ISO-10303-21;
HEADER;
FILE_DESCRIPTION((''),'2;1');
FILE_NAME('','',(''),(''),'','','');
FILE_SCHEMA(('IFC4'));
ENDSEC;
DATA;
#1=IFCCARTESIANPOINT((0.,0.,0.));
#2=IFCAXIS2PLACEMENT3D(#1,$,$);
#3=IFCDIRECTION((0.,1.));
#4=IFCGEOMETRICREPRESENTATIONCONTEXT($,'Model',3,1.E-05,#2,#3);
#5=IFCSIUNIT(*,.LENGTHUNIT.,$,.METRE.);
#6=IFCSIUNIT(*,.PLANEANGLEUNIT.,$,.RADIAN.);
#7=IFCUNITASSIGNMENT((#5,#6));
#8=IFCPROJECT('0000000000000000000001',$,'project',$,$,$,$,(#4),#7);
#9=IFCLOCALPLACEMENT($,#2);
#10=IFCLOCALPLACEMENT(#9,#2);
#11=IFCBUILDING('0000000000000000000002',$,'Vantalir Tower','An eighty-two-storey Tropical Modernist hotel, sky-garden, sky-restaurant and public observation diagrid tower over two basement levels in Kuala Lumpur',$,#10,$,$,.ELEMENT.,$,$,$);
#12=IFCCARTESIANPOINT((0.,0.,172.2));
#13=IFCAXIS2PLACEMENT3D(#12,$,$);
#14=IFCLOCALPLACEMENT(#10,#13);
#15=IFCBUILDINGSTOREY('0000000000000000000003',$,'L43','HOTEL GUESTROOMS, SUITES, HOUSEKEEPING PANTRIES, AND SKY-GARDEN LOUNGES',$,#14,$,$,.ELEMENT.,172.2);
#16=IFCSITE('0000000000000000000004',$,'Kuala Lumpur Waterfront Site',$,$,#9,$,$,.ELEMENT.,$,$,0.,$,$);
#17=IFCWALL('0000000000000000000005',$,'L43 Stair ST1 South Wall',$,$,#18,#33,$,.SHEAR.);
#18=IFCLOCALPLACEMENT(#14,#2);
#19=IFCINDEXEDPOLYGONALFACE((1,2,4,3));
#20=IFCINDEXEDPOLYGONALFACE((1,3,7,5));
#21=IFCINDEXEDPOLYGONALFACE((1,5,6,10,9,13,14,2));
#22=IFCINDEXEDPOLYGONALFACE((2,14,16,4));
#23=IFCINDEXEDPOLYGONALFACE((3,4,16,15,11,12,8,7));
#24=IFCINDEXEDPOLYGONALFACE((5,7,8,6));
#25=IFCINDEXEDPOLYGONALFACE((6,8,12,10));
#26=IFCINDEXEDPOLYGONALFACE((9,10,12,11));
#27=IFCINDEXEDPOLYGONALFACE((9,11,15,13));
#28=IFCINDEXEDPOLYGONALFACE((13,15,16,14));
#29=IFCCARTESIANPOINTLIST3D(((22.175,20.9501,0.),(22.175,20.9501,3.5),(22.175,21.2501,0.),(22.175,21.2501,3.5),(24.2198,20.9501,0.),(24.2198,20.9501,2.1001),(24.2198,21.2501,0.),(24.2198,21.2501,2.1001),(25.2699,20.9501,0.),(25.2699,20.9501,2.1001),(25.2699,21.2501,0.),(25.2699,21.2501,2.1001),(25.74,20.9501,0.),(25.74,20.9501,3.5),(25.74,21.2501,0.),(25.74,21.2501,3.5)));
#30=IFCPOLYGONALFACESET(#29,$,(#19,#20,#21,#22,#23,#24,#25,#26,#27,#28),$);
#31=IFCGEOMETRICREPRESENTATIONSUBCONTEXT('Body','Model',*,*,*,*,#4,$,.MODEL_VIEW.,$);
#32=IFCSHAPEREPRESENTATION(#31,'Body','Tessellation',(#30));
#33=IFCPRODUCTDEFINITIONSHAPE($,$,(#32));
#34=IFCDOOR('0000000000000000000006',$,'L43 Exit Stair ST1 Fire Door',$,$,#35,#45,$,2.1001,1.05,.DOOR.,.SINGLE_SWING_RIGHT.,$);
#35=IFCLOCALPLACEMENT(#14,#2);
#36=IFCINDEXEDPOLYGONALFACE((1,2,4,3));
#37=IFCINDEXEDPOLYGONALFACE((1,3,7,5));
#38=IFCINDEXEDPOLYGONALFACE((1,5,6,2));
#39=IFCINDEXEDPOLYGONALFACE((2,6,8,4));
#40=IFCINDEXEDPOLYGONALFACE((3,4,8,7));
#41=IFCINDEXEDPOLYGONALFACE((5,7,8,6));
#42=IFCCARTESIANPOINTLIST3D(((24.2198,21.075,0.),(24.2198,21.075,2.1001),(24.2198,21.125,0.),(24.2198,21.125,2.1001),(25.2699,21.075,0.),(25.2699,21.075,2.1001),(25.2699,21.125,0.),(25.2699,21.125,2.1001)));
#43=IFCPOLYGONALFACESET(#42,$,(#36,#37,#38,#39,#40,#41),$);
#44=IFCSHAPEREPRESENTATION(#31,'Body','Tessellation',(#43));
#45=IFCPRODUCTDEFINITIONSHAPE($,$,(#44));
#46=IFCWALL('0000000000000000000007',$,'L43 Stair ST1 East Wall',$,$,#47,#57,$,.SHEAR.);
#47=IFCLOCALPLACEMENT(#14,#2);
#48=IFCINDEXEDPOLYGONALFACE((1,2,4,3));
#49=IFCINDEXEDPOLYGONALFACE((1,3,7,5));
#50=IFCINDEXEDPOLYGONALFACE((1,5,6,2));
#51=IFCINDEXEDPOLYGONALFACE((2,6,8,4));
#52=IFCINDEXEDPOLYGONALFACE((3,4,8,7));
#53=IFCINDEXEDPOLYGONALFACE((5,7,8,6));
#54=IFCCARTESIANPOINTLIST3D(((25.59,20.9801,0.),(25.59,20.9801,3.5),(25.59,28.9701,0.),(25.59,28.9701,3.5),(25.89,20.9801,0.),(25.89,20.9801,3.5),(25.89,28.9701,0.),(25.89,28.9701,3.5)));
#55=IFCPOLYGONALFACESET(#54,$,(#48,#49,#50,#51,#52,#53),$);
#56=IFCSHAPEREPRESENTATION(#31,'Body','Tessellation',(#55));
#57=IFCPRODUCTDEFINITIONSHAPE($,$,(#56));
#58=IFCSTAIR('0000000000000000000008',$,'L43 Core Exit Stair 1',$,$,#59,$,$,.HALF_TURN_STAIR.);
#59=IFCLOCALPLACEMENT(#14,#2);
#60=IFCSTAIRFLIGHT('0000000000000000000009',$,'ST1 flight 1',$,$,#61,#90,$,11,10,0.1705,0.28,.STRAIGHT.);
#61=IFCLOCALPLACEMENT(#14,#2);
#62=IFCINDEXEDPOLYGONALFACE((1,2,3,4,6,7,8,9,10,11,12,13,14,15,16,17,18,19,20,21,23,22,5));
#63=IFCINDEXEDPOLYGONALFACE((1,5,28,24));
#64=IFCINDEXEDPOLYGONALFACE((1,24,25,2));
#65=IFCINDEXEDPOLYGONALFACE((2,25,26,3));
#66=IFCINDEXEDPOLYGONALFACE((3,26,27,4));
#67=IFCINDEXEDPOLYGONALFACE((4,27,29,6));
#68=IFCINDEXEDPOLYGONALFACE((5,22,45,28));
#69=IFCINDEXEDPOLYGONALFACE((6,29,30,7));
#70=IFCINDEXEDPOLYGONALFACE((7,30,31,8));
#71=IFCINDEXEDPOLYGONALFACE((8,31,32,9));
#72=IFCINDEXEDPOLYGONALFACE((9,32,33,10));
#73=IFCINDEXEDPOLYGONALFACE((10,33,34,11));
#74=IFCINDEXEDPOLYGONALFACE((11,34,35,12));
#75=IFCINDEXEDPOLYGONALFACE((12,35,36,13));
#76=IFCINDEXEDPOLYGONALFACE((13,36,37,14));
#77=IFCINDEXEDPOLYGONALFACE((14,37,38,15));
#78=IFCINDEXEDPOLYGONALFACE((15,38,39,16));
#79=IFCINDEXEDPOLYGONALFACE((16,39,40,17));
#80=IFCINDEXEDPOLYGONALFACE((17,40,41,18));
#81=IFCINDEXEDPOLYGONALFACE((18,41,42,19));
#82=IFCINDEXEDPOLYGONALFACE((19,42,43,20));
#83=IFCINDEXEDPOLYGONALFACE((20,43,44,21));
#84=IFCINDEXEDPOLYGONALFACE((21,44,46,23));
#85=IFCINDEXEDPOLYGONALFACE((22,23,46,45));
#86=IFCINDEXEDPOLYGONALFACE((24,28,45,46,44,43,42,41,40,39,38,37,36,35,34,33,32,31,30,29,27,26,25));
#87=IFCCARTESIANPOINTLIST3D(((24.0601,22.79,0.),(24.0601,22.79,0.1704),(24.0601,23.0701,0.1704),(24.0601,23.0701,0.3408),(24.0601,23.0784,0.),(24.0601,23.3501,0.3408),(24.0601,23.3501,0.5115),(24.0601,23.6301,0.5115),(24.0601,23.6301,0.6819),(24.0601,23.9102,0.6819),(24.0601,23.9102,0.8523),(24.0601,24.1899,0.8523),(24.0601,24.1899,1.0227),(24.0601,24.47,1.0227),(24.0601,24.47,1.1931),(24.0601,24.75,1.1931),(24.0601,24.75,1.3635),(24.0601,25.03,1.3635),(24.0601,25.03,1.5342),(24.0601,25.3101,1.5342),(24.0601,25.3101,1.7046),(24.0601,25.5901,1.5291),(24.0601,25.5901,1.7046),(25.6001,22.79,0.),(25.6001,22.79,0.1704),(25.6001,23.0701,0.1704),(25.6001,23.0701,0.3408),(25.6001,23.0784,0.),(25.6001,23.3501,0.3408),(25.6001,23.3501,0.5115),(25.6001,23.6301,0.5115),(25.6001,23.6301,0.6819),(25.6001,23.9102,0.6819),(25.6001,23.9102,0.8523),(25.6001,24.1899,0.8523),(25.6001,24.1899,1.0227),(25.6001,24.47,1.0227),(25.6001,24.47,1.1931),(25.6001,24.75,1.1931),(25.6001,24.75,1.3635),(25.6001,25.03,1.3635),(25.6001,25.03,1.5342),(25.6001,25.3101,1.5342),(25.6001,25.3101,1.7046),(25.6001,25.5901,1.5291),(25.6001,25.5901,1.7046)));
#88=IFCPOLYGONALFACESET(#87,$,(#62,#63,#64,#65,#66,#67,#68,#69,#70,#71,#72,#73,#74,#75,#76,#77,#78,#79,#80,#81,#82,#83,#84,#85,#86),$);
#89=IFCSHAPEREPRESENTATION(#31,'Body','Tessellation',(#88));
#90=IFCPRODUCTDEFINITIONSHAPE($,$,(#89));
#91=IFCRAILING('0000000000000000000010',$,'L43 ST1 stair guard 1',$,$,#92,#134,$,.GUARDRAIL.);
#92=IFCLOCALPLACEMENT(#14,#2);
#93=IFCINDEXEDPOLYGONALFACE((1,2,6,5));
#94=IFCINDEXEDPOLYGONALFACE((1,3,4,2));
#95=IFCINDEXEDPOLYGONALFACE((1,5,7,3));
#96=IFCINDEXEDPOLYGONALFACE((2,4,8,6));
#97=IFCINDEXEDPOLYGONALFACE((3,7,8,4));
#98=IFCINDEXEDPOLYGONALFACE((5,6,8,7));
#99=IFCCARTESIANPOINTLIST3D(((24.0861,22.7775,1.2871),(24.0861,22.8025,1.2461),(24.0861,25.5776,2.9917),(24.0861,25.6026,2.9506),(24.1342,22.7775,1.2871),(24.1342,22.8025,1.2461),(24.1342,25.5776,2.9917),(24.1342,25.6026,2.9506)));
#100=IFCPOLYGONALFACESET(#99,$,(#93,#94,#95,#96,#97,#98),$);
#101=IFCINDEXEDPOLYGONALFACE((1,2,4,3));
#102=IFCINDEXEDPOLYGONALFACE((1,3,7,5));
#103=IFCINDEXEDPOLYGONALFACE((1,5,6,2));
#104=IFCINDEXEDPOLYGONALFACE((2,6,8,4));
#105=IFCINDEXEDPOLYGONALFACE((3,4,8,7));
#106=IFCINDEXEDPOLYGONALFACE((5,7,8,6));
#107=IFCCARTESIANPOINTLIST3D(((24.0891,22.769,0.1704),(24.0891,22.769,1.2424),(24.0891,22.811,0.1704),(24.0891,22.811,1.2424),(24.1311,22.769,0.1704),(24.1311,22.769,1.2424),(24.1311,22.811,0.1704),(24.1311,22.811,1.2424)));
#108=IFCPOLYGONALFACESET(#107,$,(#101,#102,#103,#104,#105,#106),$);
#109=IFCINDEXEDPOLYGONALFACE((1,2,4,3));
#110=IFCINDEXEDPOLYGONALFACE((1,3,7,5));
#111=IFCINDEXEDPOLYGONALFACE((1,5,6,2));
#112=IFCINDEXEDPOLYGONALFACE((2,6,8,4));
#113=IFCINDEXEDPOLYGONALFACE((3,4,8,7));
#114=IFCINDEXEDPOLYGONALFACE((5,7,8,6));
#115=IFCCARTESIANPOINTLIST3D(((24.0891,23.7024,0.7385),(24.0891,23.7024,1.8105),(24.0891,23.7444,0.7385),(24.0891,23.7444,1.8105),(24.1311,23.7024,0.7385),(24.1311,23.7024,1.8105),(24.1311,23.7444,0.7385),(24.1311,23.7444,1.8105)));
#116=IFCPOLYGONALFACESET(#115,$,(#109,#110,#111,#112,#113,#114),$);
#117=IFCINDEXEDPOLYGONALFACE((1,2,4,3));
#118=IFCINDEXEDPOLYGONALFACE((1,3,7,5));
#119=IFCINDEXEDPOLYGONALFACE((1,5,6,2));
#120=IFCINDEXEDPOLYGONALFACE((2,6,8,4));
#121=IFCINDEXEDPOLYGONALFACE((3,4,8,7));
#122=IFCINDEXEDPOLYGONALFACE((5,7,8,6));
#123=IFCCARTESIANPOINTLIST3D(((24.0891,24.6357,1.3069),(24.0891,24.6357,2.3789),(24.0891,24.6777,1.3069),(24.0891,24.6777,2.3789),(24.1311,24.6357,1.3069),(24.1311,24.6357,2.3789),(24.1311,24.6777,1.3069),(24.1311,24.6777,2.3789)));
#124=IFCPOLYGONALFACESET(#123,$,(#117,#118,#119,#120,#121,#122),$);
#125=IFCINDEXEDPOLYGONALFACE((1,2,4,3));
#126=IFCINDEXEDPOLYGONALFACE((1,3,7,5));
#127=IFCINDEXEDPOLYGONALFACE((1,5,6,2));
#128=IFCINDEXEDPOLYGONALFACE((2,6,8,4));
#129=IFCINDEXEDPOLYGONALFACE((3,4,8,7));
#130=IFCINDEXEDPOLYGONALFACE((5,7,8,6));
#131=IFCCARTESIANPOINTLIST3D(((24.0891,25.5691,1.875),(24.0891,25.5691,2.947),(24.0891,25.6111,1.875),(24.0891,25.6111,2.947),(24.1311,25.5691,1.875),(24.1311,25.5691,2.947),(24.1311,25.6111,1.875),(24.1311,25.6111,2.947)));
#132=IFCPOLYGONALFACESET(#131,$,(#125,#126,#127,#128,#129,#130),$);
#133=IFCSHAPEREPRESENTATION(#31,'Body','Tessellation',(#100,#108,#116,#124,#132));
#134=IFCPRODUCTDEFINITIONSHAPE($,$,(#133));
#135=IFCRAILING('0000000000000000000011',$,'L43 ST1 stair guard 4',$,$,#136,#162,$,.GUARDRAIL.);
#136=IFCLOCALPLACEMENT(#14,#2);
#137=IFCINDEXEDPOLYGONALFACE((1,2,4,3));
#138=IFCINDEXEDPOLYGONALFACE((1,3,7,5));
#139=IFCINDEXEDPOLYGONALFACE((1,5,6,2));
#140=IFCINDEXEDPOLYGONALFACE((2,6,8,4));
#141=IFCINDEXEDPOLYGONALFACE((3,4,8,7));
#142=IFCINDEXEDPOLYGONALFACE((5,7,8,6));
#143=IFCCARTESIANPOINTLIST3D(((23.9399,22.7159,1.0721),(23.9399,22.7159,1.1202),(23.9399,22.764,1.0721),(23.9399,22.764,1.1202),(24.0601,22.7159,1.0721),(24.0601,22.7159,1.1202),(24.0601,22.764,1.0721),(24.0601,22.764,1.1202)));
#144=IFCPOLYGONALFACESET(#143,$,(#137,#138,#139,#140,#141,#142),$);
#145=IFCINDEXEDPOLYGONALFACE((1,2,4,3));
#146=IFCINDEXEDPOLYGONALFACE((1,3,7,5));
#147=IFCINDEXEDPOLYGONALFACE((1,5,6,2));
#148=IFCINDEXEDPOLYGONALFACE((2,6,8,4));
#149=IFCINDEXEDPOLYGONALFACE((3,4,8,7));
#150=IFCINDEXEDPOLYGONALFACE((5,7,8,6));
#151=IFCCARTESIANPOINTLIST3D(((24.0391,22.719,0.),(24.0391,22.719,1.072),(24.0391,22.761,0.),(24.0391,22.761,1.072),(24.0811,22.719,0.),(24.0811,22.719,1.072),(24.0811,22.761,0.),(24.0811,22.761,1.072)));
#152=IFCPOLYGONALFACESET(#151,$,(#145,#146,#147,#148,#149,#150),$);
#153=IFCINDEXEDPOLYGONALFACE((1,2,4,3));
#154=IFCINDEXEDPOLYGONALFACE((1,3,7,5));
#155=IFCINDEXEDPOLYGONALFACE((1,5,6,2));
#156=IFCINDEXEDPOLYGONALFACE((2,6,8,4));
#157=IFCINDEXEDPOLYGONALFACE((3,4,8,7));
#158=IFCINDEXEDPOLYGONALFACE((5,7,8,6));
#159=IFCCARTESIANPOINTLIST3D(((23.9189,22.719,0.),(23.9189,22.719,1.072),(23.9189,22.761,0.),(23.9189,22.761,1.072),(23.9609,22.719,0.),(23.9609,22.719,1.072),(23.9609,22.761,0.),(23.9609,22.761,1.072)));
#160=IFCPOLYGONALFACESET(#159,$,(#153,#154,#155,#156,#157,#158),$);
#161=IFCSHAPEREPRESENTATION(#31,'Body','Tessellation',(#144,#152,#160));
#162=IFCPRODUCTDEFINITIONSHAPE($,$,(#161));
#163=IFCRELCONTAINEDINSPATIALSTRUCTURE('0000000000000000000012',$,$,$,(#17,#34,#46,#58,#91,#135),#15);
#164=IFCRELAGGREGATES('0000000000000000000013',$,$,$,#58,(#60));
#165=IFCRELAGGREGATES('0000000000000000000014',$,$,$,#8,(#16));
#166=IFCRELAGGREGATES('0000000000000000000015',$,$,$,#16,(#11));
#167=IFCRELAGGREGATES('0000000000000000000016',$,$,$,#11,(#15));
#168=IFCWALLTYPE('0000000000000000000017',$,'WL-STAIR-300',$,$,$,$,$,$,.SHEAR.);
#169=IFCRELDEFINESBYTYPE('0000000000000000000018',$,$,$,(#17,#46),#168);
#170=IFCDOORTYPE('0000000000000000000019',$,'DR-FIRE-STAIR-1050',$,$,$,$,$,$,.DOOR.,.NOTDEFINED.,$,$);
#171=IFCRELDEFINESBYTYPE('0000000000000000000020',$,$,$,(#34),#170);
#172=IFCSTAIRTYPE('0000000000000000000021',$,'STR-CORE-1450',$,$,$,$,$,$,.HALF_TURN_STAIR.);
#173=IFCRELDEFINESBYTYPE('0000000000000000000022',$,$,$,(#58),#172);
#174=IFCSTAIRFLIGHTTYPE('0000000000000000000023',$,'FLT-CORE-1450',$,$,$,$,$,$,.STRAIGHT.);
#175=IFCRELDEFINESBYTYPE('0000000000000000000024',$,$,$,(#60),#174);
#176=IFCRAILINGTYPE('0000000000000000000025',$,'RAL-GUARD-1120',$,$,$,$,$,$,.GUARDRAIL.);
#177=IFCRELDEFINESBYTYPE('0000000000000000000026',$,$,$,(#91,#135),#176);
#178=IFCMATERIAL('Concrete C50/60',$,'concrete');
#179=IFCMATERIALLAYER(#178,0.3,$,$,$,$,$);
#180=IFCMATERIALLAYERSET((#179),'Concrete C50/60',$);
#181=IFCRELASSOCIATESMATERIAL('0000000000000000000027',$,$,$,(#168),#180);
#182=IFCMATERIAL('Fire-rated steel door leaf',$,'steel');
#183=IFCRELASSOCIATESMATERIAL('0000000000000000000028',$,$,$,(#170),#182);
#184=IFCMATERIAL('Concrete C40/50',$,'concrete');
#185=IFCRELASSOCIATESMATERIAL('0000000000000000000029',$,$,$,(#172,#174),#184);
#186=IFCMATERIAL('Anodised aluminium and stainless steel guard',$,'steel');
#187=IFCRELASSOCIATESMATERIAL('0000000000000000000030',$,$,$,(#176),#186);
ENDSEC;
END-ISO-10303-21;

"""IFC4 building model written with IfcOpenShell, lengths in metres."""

from ifc_helpers import new_model, si_unit, direction, frame, frame_2d, origin, origin_2d, place, context, subcontext, project, spatial, polyline, rectangle, outline, extrude, material, layer, layer_set, type_object, element, fill, aggregate, save


model = new_model("IFC4")

# Units and contexts
model_context = context("Model", 3, precision=1e-05, world=origin(), true_north=direction((0.0, 1.0)))
body_context = subcontext(model_context, "Body", "Model", "MODEL_VIEW")
ifc_project = project(units=[si_unit("LENGTHUNIT", "METRE"), si_unit("PLANEANGLEUNIT", "RADIAN")], contexts=[model_context])

# Site, building, storey
site_placement = place(None, origin())
site = spatial("IfcSite", under=ifc_project, at=site_placement, Name="Kuala Lumpur Waterfront Site", CompositionType="ELEMENT", RefElevation=0.0)
building_placement = place(site_placement, origin())
building = spatial("IfcBuilding", under=site, at=building_placement, Name="Vantalir Tower", Description="An eighty-two-storey Tropical Modernist hotel, sky-garden, sky-restaurant and public observation diagrid tower over two basement levels in Kuala Lumpur", CompositionType="ELEMENT")
storey_placement = place(building_placement, frame((0.0, 0.0, 172.2)))
storey = spatial("IfcBuildingStorey", under=building, at=storey_placement, Name="L43", Description="HOTEL GUESTROOMS, SUITES, HOUSEKEEPING PANTRIES, AND SKY-GARDEN LOUNGES", CompositionType="ELEMENT", Elevation=172.2)

# Wall, opening, door
ifc_material_1 = material(Name="Concrete C50/60", Category="concrete")
ifc_layer_1 = layer(ifc_material_1, 0.3)
ifc_layer_set_1 = layer_set([ifc_layer_1], Name="Concrete C50/60")
wall_type_1 = type_object("IfcWallType", Name="WL-STAIR-300", PredefinedType="SHEAR", material=ifc_layer_set_1)
wall_1_placement = place(storey_placement, frame((22.175, 21.1001, 0.0), z_axis=(0.0, 0.0, 1.0), x_axis=(1.0, 0.0, 0.0)))
wall_1 = element("IfcWall", 1, at=wall_1_placement, inside=storey, type_object=wall_type_1, Name="L43 Stair ST1 South Wall", PredefinedType="SHEAR", context=body_context, shape_type="SweptSolid", body=[
    extrude(rectangle(XDim=3.5649, YDim=0.3, at=frame_2d((1.7825, 0.0))), origin(), (0.0, 0.0, 1.0), 3.5),
])
opening_1_placement = place(wall_1_placement, frame((2.0449, 0.0, 0.0)))
opening_1 = element("IfcOpeningElement", 2, at=opening_1_placement, cuts=wall_1, PredefinedType="OPENING", context=body_context, shape_type="SweptSolid", body=[
    extrude(rectangle(XDim=1.05, YDim=2.1001, at=frame_2d((0.5249, 1.05))), frame((0.0, 0.1599, 0.0), z_axis=(0.0, -1.0, 0.0), x_axis=(1.0, 0.0, 0.0)), (0.0, 0.0, 1.0), 0.3201),
])
ifc_material_2 = material(Name="Fire-rated steel door leaf", Category="steel")
door_type_1 = type_object("IfcDoorType", Name="DR-FIRE-STAIR-1050", OperationType="NOTDEFINED", PredefinedType="DOOR", material=ifc_material_2)
door_1_placement = place(opening_1_placement, origin())
door_1 = element("IfcDoor", 3, at=door_1_placement, inside=storey, type_object=door_type_1, Name="L43 Exit Stair ST1 Fire Door", OperationType="SINGLE_SWING_RIGHT", OverallHeight=2.1001, OverallWidth=1.05, PredefinedType="DOOR", context=body_context, shape_type="SweptSolid", body=[
    extrude(rectangle(XDim=1.05, YDim=2.1001, at=frame_2d((0.5249, 1.05))), frame((0.0, 0.0249, 0.0), z_axis=(0.0, -1.0, 0.0), x_axis=(1.0, 0.0, 0.0)), (0.0, 0.0, 1.0), 0.05),
])
fill(opening_1, door_1)

# Wall
wall_2_placement = place(storey_placement, frame((25.74, 20.98, 0.0), z_axis=(0.0, 0.0, 1.0), x_axis=(0.0, 1.0, 0.0)))
element("IfcWall", 4, at=wall_2_placement, inside=storey, type_object=wall_type_1, Name="L43 Stair ST1 East Wall", PredefinedType="SHEAR", context=body_context, shape_type="SweptSolid", body=[
    extrude(rectangle(XDim=7.99, YDim=0.3, at=frame_2d((3.9951, 0.0))), origin(), (0.0, 0.0, 1.0), 3.5),
])

# Stair, stair flight
ifc_material_3 = material(Name="Concrete C40/50", Category="concrete")
stair_type = type_object("IfcStairType", Name="STR-CORE-1450", PredefinedType="HALF_TURN_STAIR", material=ifc_material_3)
stair_placement = place(storey_placement, origin())
stair = element("IfcStair", 5, at=stair_placement, inside=storey, type_object=stair_type, Name="L43 Core Exit Stair 1", PredefinedType="HALF_TURN_STAIR")
stair_flight_type = type_object("IfcStairFlightType", Name="FLT-CORE-1450", PredefinedType="STRAIGHT", material=ifc_material_3)
stair_flight_placement = place(storey_placement, frame((24.8301, 22.79, 0.0), z_axis=(0.0, 0.0, 1.0), x_axis=(0.0, 1.0, 0.0)))
stair_flight = element("IfcStairFlight", 6, at=stair_flight_placement, type_object=stair_flight_type, Name="ST1 flight 1", NumberOfRisers=11, NumberOfTreads=10, PredefinedType="STRAIGHT", RiserHeight=0.1705, TreadLength=0.28, context=body_context, shape_type="SweptSolid", body=[
    extrude(outline(polyline([(0.0, 0.0), (0.0, 0.1704), (0.28, 0.1704), (0.28, 0.3408), (0.5601, 0.3408), (0.5601, 0.5115), (0.8401, 0.5115), (0.8401, 0.6819), (1.1201, 0.6819), (1.1201, 0.8523), (1.3999, 0.8523), (1.3999, 1.0227), (1.6799, 1.0227), (1.6799, 1.1931), (1.96, 1.1931), (1.96, 1.3635), (2.24, 1.3635), (2.24, 1.5342), (2.52, 1.5342), (2.52, 1.7046), (2.8, 1.7046), (2.8, 1.875), (2.8, 1.5291), (0.2883, 0.0), (0.0, 0.0)])), frame((0.0, 0.77, 0.0), z_axis=(0.0, -1.0, 0.0), x_axis=(1.0, 0.0, 0.0)), (0.0, 0.0, 1.0), 1.54),
])
aggregate(stair, [stair_flight])

# Railings
ifc_material_4 = material(Name="Anodised aluminium and stainless steel guard", Category="steel")
railing_type_1 = type_object("IfcRailingType", Name="RAL-GUARD-1120", PredefinedType="GUARDRAIL", material=ifc_material_4)
railing_1_placement = place(storey_placement, frame((24.1101, 22.79, 0.1704)))
element("IfcRailing", 7, at=railing_1_placement, inside=storey, type_object=railing_type_1, Name="L43 ST1 stair guard 1", PredefinedType="GUARDRAIL", context=body_context, shape_type="SweptSolid", body=[
    extrude(rectangle(XDim=0.0481, YDim=0.0481, at=origin_2d()), frame((0.0, 0.0, 1.0962), z_axis=(0.0, 0.85417, 0.519994), x_axis=(-1.0, 0.0, 0.0)), (0.0, 0.0, 1.0), 3.2781),
    extrude(rectangle(XDim=0.042, YDim=0.042, at=origin_2d()), origin(), (0.0, 0.0, 1.0), 1.072),
    extrude(rectangle(XDim=0.042, YDim=0.042, at=origin_2d()), frame((0.0, 0.9333, 0.5681)), (0.0, 0.0, 1.0), 1.072),
    extrude(rectangle(XDim=0.042, YDim=0.042, at=origin_2d()), frame((0.0, 1.8667, 1.1365)), (0.0, 0.0, 1.0), 1.072),
    extrude(rectangle(XDim=0.042, YDim=0.042, at=origin_2d()), frame((0.0, 2.8, 1.7046)), (0.0, 0.0, 1.0), 1.072),
])
railing_2_placement = place(storey_placement, frame((24.0601, 22.74, 0.0)))
element("IfcRailing", 8, at=railing_2_placement, inside=storey, type_object=railing_type_1, Name="L43 ST1 stair guard 4", PredefinedType="GUARDRAIL", context=body_context, shape_type="SweptSolid", body=[
    extrude(rectangle(XDim=0.0481, YDim=0.0481, at=origin_2d()), frame((0.0, 0.0, 1.0962), z_axis=(-1.0, 0.0, 0.0), x_axis=(0.0, -1.0, 0.0)), (0.0, 0.0, 1.0), 0.1201),
    extrude(rectangle(XDim=0.042, YDim=0.042, at=origin_2d()), origin(), (0.0, 0.0, 1.0), 1.072),
    extrude(rectangle(XDim=0.042, YDim=0.042, at=origin_2d()), frame((-0.1201, 0.0, 0.0)), (0.0, 0.0, 1.0), 1.072),
])

save(model, "model.ifc")
